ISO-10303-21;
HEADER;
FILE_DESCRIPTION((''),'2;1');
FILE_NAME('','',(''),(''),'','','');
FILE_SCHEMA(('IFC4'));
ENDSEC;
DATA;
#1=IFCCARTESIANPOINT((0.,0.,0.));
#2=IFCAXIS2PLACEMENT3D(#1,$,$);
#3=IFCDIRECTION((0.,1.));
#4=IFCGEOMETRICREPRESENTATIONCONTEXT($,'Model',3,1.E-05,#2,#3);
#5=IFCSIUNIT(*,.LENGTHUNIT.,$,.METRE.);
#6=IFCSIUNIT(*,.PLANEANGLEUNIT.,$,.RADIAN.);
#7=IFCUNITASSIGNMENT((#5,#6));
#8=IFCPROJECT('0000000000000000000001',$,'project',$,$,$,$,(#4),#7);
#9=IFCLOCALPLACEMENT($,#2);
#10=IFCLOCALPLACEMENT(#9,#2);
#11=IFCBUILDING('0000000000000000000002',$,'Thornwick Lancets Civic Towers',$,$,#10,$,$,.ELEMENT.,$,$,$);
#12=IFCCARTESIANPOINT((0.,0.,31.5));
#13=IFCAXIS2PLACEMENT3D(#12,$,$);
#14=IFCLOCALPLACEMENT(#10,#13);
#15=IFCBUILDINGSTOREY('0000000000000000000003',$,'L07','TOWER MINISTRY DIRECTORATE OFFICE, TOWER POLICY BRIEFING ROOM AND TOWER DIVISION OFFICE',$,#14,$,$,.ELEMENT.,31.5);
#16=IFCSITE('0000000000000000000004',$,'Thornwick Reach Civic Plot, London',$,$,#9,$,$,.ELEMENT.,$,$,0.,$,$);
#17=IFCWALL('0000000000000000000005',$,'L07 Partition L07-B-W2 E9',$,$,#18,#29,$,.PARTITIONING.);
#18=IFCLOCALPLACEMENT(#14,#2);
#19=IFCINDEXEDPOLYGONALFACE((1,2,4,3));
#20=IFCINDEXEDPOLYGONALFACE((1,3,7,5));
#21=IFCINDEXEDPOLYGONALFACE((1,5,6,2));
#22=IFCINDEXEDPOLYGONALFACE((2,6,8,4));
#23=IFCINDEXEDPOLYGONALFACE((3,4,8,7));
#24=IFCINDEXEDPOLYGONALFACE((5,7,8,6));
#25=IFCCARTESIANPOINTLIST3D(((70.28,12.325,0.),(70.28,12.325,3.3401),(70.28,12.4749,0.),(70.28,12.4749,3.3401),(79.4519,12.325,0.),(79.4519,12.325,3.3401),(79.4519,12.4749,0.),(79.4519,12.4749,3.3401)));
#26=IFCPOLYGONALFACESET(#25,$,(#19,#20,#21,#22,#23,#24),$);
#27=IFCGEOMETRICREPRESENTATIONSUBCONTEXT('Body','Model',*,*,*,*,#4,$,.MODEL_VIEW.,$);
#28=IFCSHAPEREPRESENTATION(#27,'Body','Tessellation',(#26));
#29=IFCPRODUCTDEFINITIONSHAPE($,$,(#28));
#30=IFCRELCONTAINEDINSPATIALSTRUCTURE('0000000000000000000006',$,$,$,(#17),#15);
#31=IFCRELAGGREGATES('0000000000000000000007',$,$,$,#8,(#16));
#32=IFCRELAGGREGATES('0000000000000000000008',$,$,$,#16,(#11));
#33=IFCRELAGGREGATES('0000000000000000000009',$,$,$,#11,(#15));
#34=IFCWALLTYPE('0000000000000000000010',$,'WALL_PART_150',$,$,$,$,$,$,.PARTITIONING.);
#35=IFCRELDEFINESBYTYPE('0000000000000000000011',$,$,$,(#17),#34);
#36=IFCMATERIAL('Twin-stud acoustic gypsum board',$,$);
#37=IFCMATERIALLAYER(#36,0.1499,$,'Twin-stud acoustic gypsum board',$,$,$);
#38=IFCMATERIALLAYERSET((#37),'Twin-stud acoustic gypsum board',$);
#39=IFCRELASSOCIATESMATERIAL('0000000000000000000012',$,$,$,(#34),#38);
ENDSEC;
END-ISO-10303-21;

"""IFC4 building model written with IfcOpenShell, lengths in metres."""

from ifc_helpers import new_model, si_unit, direction, frame, frame_2d, origin, place, context, subcontext, project, spatial, rectangle, extrude, material, layer, layer_set, type_object, element, save


model = new_model("IFC4")

# Units and contexts
model_context = context("Model", 3, precision=1e-05, world=origin(), true_north=direction((0.0, 1.0)))
body_context = subcontext(model_context, "Body", "Model", "MODEL_VIEW")
ifc_project = project(units=[si_unit("LENGTHUNIT", "METRE"), si_unit("PLANEANGLEUNIT", "RADIAN")], contexts=[model_context])

# Site, building, storey
site_placement = place(None, origin())
site = spatial("IfcSite", under=ifc_project, at=site_placement, Name="Thornwick Reach Civic Plot, London", CompositionType="ELEMENT", RefElevation=0.0)
building_placement = place(site_placement, origin())
building = spatial("IfcBuilding", under=site, at=building_placement, Name="Thornwick Lancets Civic Towers", CompositionType="ELEMENT")
storey_placement = place(building_placement, frame((0.0, 0.0, 31.5)))
storey = spatial("IfcBuildingStorey", under=building, at=storey_placement, Name="L07", Description="TOWER MINISTRY DIRECTORATE OFFICE, TOWER POLICY BRIEFING ROOM AND TOWER DIVISION OFFICE", CompositionType="ELEMENT", Elevation=31.5)

# Wall
ifc_material_1 = material(Name="Twin-stud acoustic gypsum board")
ifc_layer_1 = layer(ifc_material_1, 0.1499, Name="Twin-stud acoustic gypsum board")
ifc_layer_set_1 = layer_set([ifc_layer_1], Name="Twin-stud acoustic gypsum board")
wall_type_1 = type_object("IfcWallType", Name="WALL_PART_150", PredefinedType="PARTITIONING", material=ifc_layer_set_1)
wall_1_placement = place(storey_placement, frame((70.28, 12.3999, 0.0), z_axis=(0.0, 0.0, 1.0), x_axis=(1.0, 0.0, 0.0)))
element("IfcWall", 1, at=wall_1_placement, inside=storey, type_object=wall_type_1, Name="L07 Partition L07-B-W2 E9", PredefinedType="PARTITIONING", context=body_context, shape_type="SweptSolid", body=[
    extrude(rectangle(XDim=9.1719, YDim=0.1499, at=frame_2d((4.5859, 0.0))), origin(), (0.0, 0.0, 1.0), 3.3401),
])

save(model, "model.ifc")
